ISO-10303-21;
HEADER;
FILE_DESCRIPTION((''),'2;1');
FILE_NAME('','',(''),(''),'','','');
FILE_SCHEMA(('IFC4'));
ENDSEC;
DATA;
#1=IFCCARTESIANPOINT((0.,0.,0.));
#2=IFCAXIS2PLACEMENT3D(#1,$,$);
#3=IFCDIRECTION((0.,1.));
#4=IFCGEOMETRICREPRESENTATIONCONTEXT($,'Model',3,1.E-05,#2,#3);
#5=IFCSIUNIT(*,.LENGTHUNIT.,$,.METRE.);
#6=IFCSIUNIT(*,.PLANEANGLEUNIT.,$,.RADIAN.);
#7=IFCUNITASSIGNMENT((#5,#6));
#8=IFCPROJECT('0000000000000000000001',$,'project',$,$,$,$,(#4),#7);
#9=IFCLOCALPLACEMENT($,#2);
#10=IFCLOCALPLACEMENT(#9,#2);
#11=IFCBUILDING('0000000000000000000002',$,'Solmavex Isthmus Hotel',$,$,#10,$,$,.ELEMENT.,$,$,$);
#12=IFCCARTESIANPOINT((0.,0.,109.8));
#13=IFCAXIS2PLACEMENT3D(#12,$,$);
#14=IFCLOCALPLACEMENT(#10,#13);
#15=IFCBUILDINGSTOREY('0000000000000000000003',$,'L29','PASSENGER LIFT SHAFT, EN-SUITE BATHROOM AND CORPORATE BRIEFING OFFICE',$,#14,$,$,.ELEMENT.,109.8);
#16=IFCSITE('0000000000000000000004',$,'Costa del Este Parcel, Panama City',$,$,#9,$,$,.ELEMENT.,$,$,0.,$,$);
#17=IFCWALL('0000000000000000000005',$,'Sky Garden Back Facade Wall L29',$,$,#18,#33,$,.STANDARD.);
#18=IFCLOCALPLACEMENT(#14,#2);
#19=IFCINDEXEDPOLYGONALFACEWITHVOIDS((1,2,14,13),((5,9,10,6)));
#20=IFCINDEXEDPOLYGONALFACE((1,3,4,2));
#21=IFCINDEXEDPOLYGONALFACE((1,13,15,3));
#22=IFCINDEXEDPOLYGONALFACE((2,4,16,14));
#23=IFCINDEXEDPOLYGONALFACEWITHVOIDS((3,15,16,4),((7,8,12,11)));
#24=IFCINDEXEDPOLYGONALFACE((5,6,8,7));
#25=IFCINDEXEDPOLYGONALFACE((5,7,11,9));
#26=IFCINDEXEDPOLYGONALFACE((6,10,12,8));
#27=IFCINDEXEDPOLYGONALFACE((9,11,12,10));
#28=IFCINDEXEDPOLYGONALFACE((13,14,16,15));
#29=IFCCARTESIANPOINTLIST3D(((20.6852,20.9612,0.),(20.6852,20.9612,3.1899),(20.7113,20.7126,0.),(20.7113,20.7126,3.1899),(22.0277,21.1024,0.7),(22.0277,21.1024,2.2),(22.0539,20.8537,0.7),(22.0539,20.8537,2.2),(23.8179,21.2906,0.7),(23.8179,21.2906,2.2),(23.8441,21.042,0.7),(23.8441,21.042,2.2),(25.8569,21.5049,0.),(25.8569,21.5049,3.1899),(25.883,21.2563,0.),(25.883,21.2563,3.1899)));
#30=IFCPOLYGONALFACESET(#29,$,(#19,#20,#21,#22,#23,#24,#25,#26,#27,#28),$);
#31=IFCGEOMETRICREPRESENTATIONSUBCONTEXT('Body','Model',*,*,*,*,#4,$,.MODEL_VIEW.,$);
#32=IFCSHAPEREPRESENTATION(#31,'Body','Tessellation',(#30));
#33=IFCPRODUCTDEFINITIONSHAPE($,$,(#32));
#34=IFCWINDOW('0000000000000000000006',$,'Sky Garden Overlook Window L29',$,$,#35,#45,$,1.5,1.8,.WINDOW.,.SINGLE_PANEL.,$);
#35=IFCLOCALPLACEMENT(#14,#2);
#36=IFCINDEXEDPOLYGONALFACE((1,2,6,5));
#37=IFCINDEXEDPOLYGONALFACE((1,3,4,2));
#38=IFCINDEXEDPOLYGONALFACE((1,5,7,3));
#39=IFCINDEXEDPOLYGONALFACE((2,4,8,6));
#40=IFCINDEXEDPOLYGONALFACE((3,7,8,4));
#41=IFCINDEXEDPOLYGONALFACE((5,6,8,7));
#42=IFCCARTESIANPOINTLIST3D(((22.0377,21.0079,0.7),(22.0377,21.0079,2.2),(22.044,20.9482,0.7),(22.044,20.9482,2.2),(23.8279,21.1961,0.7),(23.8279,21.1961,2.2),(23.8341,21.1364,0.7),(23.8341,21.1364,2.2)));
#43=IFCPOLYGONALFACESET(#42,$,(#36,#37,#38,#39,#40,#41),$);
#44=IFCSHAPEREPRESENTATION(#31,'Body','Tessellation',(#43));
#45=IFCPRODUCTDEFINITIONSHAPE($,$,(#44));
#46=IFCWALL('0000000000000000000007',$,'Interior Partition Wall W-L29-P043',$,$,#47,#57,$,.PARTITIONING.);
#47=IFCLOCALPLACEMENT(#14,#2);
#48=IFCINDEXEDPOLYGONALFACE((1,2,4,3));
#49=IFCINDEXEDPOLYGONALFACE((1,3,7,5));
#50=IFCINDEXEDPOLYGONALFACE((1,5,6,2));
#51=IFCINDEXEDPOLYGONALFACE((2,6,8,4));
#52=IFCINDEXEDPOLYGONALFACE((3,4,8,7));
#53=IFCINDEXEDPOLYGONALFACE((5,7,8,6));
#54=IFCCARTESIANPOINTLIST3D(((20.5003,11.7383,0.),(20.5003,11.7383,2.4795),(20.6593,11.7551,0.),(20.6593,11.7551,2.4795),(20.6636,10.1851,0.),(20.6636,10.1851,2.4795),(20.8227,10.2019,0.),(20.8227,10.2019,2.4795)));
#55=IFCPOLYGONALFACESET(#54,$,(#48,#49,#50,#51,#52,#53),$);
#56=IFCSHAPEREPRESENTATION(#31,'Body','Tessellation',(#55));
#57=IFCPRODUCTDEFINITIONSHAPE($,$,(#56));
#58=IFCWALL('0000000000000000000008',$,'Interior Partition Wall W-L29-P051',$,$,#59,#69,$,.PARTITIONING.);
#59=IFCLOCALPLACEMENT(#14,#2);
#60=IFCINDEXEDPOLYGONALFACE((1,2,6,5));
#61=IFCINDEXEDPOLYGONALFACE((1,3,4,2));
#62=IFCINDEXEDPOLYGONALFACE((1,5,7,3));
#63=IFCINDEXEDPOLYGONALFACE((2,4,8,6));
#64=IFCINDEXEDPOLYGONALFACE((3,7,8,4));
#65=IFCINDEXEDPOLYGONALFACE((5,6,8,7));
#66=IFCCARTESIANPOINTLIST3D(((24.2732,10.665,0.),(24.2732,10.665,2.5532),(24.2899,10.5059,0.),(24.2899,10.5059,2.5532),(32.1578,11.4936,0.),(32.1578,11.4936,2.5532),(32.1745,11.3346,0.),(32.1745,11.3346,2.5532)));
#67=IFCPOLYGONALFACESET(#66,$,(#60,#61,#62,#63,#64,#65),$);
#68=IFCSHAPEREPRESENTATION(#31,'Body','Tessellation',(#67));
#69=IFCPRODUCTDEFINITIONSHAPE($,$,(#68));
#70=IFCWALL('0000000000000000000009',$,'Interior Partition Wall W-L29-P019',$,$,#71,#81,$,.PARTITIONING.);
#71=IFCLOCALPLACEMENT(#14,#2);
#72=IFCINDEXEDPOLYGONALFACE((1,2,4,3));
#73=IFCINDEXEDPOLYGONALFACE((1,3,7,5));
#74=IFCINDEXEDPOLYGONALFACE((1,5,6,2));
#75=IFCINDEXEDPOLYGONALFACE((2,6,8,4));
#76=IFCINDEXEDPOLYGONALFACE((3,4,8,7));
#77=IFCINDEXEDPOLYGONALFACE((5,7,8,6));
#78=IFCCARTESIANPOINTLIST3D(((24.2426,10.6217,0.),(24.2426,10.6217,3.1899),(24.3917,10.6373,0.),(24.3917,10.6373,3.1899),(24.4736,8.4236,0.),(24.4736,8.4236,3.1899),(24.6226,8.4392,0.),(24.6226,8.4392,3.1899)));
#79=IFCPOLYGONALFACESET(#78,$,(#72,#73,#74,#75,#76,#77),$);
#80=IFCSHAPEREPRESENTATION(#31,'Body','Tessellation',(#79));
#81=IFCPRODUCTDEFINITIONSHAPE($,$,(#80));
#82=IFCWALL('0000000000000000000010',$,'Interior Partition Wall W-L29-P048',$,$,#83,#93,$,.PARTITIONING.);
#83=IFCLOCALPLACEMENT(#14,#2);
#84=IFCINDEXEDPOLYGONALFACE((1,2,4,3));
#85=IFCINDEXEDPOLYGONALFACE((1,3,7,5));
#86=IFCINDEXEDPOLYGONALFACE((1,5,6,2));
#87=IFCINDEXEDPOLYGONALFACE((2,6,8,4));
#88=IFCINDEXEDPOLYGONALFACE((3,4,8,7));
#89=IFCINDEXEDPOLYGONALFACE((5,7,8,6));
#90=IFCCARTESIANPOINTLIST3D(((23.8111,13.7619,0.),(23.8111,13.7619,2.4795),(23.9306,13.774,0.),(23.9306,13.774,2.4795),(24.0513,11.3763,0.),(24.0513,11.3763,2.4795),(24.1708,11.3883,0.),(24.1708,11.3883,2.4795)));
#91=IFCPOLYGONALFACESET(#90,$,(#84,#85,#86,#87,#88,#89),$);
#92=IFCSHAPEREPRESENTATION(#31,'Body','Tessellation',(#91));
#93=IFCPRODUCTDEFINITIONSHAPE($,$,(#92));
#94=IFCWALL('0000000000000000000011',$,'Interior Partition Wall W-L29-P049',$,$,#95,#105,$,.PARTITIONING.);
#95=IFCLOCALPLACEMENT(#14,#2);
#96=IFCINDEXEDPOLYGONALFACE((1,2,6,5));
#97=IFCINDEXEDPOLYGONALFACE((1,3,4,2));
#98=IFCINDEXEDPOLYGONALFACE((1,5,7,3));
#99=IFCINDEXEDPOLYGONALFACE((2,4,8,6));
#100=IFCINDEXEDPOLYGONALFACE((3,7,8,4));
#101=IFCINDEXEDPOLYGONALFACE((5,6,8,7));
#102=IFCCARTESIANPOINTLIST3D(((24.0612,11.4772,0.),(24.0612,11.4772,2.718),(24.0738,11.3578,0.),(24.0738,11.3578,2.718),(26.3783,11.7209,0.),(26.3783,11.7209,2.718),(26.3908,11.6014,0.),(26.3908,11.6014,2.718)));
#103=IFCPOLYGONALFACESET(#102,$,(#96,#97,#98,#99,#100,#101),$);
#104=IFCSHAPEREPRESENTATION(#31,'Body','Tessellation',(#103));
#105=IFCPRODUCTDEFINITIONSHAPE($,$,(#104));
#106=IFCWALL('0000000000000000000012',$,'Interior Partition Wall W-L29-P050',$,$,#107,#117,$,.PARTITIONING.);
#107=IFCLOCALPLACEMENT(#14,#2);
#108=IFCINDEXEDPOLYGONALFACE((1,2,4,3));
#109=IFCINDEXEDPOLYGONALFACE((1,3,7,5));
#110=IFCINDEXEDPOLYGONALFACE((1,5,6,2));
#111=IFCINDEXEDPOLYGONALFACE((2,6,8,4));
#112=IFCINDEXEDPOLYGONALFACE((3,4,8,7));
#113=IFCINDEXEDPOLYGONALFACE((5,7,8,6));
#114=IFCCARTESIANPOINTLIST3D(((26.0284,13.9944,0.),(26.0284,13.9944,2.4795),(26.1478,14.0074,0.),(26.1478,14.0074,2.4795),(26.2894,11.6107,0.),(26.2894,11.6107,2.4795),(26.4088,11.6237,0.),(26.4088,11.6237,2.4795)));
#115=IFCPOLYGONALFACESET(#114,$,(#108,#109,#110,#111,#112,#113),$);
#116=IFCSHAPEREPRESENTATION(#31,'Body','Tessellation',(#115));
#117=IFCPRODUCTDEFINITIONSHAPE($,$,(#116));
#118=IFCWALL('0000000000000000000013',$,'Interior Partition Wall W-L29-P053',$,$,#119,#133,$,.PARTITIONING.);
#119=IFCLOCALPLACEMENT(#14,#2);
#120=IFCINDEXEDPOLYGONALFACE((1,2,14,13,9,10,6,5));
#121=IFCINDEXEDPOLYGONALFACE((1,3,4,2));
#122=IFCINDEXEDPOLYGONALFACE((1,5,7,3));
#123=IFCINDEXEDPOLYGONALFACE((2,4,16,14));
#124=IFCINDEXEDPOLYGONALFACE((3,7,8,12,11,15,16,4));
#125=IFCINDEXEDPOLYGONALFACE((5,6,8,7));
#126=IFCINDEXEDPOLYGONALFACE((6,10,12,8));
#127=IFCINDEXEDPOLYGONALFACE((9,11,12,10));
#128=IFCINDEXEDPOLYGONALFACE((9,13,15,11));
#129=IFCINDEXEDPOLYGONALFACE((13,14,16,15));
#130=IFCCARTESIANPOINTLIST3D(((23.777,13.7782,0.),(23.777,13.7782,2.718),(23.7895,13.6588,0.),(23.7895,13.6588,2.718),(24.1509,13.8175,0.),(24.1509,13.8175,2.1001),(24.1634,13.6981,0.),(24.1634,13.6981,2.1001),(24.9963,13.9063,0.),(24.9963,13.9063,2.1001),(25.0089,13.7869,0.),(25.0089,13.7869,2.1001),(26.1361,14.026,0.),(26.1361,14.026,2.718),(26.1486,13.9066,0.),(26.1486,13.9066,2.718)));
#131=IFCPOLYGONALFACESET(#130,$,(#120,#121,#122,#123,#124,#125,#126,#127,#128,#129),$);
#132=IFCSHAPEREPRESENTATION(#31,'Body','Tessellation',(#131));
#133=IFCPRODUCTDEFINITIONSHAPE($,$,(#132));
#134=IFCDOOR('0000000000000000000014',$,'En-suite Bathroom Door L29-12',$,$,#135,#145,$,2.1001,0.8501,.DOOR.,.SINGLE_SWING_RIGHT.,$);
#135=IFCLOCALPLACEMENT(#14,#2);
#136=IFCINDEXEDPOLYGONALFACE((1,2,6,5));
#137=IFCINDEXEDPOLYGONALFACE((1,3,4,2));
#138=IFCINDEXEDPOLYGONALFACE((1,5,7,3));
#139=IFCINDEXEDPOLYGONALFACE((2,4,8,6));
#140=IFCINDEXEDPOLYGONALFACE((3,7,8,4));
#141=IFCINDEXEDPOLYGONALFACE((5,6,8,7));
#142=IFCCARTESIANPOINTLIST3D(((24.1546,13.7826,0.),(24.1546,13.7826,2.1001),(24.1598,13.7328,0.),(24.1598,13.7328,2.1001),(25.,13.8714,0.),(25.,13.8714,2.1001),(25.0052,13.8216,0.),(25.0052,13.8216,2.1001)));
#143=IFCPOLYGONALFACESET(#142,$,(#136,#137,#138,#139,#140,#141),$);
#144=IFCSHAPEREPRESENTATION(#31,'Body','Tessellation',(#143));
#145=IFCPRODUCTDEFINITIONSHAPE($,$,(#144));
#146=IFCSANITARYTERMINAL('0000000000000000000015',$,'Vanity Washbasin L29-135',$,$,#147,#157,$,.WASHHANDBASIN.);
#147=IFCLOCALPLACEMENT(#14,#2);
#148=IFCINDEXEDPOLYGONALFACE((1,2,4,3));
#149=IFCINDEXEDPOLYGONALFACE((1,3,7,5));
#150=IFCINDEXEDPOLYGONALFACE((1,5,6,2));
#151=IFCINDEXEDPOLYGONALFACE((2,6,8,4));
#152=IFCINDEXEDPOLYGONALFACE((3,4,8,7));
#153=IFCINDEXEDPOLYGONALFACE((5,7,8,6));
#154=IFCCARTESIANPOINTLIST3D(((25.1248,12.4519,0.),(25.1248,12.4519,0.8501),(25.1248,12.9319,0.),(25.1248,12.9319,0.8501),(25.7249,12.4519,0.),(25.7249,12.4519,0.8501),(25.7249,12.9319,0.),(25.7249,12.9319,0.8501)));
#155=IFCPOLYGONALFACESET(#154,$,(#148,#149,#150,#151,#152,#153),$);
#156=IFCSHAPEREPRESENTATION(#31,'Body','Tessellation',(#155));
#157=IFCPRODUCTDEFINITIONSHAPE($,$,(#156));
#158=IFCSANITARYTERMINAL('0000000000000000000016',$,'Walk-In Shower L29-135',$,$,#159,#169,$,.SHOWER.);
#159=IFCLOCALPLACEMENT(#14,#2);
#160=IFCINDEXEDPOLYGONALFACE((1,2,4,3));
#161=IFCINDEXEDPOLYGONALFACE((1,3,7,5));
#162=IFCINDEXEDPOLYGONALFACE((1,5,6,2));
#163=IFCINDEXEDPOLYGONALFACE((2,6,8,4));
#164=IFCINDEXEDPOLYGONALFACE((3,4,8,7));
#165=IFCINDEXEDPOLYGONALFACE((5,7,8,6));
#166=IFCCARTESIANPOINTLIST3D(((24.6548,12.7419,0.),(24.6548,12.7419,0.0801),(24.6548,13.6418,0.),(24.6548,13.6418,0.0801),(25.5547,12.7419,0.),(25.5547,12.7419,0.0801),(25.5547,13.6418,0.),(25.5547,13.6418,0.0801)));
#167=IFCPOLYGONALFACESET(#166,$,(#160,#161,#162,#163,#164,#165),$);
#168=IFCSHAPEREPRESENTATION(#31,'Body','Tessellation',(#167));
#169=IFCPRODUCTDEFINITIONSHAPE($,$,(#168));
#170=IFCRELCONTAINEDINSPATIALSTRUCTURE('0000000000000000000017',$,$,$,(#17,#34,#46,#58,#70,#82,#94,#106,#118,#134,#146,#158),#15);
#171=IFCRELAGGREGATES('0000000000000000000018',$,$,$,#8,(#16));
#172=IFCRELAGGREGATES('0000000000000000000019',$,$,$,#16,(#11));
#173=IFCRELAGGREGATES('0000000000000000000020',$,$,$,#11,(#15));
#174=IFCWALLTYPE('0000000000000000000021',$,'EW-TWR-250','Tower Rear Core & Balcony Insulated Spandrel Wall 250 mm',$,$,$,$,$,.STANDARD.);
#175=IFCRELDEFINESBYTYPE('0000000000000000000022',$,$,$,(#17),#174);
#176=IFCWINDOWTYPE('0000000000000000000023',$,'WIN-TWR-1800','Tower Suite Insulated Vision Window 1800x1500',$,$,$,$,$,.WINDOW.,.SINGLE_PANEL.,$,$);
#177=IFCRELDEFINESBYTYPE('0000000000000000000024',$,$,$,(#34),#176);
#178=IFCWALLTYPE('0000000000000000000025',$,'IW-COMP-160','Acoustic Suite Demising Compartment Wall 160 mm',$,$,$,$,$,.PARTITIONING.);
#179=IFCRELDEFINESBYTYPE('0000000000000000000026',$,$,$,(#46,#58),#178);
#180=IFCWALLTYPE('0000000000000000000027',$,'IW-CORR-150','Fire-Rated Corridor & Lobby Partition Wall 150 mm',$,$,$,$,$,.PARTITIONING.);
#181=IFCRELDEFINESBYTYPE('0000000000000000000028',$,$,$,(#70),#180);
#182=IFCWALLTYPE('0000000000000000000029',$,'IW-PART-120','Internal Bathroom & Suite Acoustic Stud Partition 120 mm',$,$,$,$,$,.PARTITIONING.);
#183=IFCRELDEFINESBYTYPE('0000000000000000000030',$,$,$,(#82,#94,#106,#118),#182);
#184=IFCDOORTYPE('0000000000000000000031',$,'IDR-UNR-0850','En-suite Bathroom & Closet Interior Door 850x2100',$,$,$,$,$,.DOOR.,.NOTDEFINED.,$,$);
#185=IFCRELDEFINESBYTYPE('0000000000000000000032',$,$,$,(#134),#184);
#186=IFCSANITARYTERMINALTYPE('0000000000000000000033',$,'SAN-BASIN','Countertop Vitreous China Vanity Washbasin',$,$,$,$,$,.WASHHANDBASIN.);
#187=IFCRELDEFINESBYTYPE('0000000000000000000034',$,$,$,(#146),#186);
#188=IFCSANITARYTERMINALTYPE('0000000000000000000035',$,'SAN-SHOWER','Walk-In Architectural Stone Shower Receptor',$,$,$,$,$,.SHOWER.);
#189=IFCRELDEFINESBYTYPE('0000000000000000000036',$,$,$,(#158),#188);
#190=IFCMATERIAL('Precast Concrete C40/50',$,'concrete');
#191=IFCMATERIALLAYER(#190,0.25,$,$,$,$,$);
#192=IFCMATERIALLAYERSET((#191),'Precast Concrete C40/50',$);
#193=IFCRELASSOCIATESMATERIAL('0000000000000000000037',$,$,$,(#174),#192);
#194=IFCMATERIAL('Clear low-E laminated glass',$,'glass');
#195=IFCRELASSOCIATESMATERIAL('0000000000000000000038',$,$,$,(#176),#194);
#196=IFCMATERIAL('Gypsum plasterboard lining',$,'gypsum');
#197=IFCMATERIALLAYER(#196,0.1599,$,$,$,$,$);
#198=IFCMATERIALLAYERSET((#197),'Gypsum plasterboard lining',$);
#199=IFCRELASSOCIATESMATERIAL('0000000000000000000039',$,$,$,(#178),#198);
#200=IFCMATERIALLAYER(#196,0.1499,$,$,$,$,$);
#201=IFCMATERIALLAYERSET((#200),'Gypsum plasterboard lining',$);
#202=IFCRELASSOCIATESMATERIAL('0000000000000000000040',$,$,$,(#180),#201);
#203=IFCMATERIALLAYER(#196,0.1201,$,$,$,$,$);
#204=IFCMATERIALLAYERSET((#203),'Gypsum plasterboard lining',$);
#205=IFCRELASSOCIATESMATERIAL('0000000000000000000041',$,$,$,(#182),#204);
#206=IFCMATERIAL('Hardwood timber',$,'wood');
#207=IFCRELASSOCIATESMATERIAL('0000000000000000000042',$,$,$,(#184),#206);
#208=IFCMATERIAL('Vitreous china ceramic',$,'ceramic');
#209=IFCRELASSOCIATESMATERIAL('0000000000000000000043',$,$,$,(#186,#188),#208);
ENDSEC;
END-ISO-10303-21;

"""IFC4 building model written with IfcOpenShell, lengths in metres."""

from ifc_helpers import new_model, si_unit, direction, frame, frame_2d, origin, origin_2d, place, context, subcontext, project, spatial, rectangle, extrude, material, layer, layer_set, type_object, element, fill, save


model = new_model("IFC4")

# Units and contexts
model_context = context("Model", 3, precision=1e-05, world=origin(), true_north=direction((0.0, 1.0)))
body_context = subcontext(model_context, "Body", "Model", "MODEL_VIEW")
ifc_project = project(units=[si_unit("LENGTHUNIT", "METRE"), si_unit("PLANEANGLEUNIT", "RADIAN")], contexts=[model_context])

# Site, building, storey
site_placement = place(None, origin())
site = spatial("IfcSite", under=ifc_project, at=site_placement, Name="Costa del Este Parcel, Panama City", CompositionType="ELEMENT", RefElevation=0.0)
building_placement = place(site_placement, origin())
building = spatial("IfcBuilding", under=site, at=building_placement, Name="Solmavex Isthmus Hotel", CompositionType="ELEMENT")
storey_placement = place(building_placement, frame((0.0, 0.0, 109.8)))
storey = spatial("IfcBuildingStorey", under=building, at=storey_placement, Name="L29", Description="PASSENGER LIFT SHAFT, EN-SUITE BATHROOM AND CORPORATE BRIEFING OFFICE", CompositionType="ELEMENT", Elevation=109.8)

# Shared definitions
ifc_material_1 = material(Name="Clear low-E laminated glass", Category="glass")

# Wall, opening, window
ifc_material_2 = material(Name="Precast Concrete C40/50", Category="concrete")
ifc_layer_1 = layer(ifc_material_2, 0.25)
ifc_layer_set_1 = layer_set([ifc_layer_1], Name="Precast Concrete C40/50")
wall_type_1 = type_object("IfcWallType", Name="EW-TWR-250", Description="Tower Rear Core & Balcony Insulated Spandrel Wall 250 mm", PredefinedType="STANDARD", material=ifc_layer_set_1)
wall_1_placement = place(storey_placement, frame((20.6982, 20.8369, 0.0), z_axis=(0.0, 0.0, 1.0), x_axis=(0.994519, 0.104555, 0.0)))
wall_1 = element("IfcWall", 1, at=wall_1_placement, inside=storey, type_object=wall_type_1, Name="Sky Garden Back Facade Wall L29", PredefinedType="STANDARD", context=body_context, shape_type="SweptSolid", body=[
    extrude(rectangle(XDim=5.2002, YDim=0.25, at=frame_2d((2.6001, 0.0))), origin(), (0.0, 0.0, 1.0), 3.1899),
])
opening_1_placement = place(wall_1_placement, frame((1.3501, 0.0, 0.7)))
opening_1 = element("IfcOpeningElement", 2, at=opening_1_placement, cuts=wall_1, PredefinedType="OPENING", context=body_context, shape_type="SweptSolid", body=[
    extrude(rectangle(XDim=1.8, YDim=1.5, at=frame_2d((0.8999, 0.75))), frame((0.0, 0.135, 0.0), z_axis=(0.0, -1.0, 0.0), x_axis=(1.0, 0.0, 0.0)), (0.0, 0.0, 1.0), 0.27),
])
window_type = type_object("IfcWindowType", Name="WIN-TWR-1800", Description="Tower Suite Insulated Vision Window 1800x1500", PartitioningType="SINGLE_PANEL", PredefinedType="WINDOW", material=ifc_material_1)
window_placement = place(opening_1_placement, origin())
window = element("IfcWindow", 3, at=window_placement, inside=storey, type_object=window_type, Name="Sky Garden Overlook Window L29", OverallHeight=1.5, OverallWidth=1.8, PartitioningType="SINGLE_PANEL", PredefinedType="WINDOW", context=body_context, shape_type="SweptSolid", body=[
    extrude(rectangle(XDim=1.8, YDim=1.5, at=frame_2d((0.8999, 0.75))), frame((0.0, 0.03, 0.0), z_axis=(0.0, -1.0, 0.0), x_axis=(1.0, 0.0, 0.0)), (0.0, 0.0, 1.0), 0.0601),
])
fill(opening_1, window)

# Wall
ifc_material_3 = material(Name="Gypsum plasterboard lining", Category="gypsum")
ifc_layer_2 = layer(ifc_material_3, 0.1599)
ifc_layer_set_2 = layer_set([ifc_layer_2], Name="Gypsum plasterboard lining")
wall_type_2 = type_object("IfcWallType", Name="IW-COMP-160", Description="Acoustic Suite Demising Compartment Wall 160 mm", PredefinedType="PARTITIONING", material=ifc_layer_set_2)
wall_2_placement = place(storey_placement, frame((20.5798, 11.7466, 0.0), z_axis=(0.0, 0.0, 1.0), x_axis=(0.104579, -0.994517, 0.0)))
element("IfcWall", 4, at=wall_2_placement, inside=storey, type_object=wall_type_2, Name="Interior Partition Wall W-L29-P043", PredefinedType="PARTITIONING", context=body_context, shape_type="SweptSolid", body=[
    extrude(rectangle(XDim=1.5618, YDim=0.1599, at=frame_2d((0.7808, 0.0))), origin(), (0.0, 0.0, 1.0), 2.4795),
])

# Shared definitions
ifc_material_4 = material(Name="Hardwood timber", Category="wood")

# Wall
wall_3_placement = place(storey_placement, frame((32.166, 11.4141, 0.0), z_axis=(0.0, 0.0, 1.0), x_axis=(-0.994523, -0.104518, 0.0)))
element("IfcWall", 5, at=wall_3_placement, inside=storey, type_object=wall_type_2, Name="Interior Partition Wall W-L29-P051", PredefinedType="PARTITIONING", context=body_context, shape_type="SweptSolid", body=[
    extrude(rectangle(XDim=7.928, YDim=0.1599, at=frame_2d((3.9639, 0.0))), origin(), (0.0, 0.0, 1.0), 2.5532),
])

# Shared definitions
ifc_layer_3 = layer(ifc_material_3, 0.1499)
ifc_layer_set_3 = layer_set([ifc_layer_3], Name="Gypsum plasterboard lining")
wall_type_3 = type_object("IfcWallType", Name="IW-CORR-150", Description="Fire-Rated Corridor & Lobby Partition Wall 150 mm", PredefinedType="PARTITIONING", material=ifc_layer_set_3)

# Walls
wall_4_placement = place(storey_placement, frame((24.3171, 10.6294, 0.0), z_axis=(0.0, 0.0, 1.0), x_axis=(0.104501, -0.994525, 0.0)))
element("IfcWall", 6, at=wall_4_placement, inside=storey, type_object=wall_type_3, Name="Interior Partition Wall W-L29-P019", PredefinedType="PARTITIONING", context=body_context, shape_type="SweptSolid", body=[
    extrude(rectangle(XDim=2.2102, YDim=0.1499, at=frame_2d((1.105, 0.0))), origin(), (0.0, 0.0, 1.0), 3.1899),
])
ifc_layer_4 = layer(ifc_material_3, 0.1201)
ifc_layer_set_4 = layer_set([ifc_layer_4], Name="Gypsum plasterboard lining")
wall_type_4 = type_object("IfcWallType", Name="IW-PART-120", Description="Internal Bathroom & Suite Acoustic Stud Partition 120 mm", PredefinedType="PARTITIONING", material=ifc_layer_set_4)
wall_5_placement = place(storey_placement, frame((23.8708, 13.7678, 0.0), z_axis=(0.0, 0.0, 1.0), x_axis=(0.100189, -0.994968, 0.0)))
element("IfcWall", 7, at=wall_5_placement, inside=storey, type_object=wall_type_4, Name="Interior Partition Wall W-L29-P048", PredefinedType="PARTITIONING", context=body_context, shape_type="SweptSolid", body=[
    extrude(rectangle(XDim=2.3977, YDim=0.1201, at=frame_2d((1.1987, 0.0))), origin(), (0.0, 0.0, 1.0), 2.4795),
])
wall_6_placement = place(storey_placement, frame((24.0674, 11.4175, 0.0), z_axis=(0.0, 0.0, 1.0), x_axis=(0.994517, 0.104576, 0.0)))
element("IfcWall", 8, at=wall_6_placement, inside=storey, type_object=wall_type_4, Name="Interior Partition Wall W-L29-P049", PredefinedType="PARTITIONING", context=body_context, shape_type="SweptSolid", body=[
    extrude(rectangle(XDim=2.3298, YDim=0.1201, at=frame_2d((1.165, 0.0))), origin(), (0.0, 0.0, 1.0), 2.718),
])
wall_7_placement = place(storey_placement, frame((26.3491, 11.6172, 0.0), z_axis=(0.0, 0.0, 1.0), x_axis=(-0.108833, 0.99406, 0.0)))
element("IfcWall", 9, at=wall_7_placement, inside=storey, type_object=wall_type_4, Name="Interior Partition Wall W-L29-P050", PredefinedType="PARTITIONING", context=body_context, shape_type="SweptSolid", body=[
    extrude(rectangle(XDim=2.3979, YDim=0.1201, at=frame_2d((1.199, 0.0))), origin(), (0.0, 0.0, 1.0), 2.4795),
])

# Wall, opening, door
wall_8_placement = place(storey_placement, frame((26.1423, 13.9663, 0.0), z_axis=(0.0, 0.0, 1.0), x_axis=(-0.994529, -0.104465, 0.0)))
wall_8 = element("IfcWall", 10, at=wall_8_placement, inside=storey, type_object=wall_type_4, Name="Interior Partition Wall W-L29-P053", PredefinedType="PARTITIONING", context=body_context, shape_type="SweptSolid", body=[
    extrude(rectangle(XDim=2.3721, YDim=0.1201, at=frame_2d((1.186, 0.0))), origin(), (0.0, 0.0, 1.0), 2.718),
])
opening_2_placement = place(wall_8_placement, frame((1.146, 0.0, 0.0)))
opening_2 = element("IfcOpeningElement", 11, at=opening_2_placement, cuts=wall_8, PredefinedType="OPENING", context=body_context, shape_type="SweptSolid", body=[
    extrude(rectangle(XDim=0.8501, YDim=2.1001, at=frame_2d((0.425, 1.05))), frame((0.0, 0.0701, 0.0), z_axis=(0.0, -1.0, 0.0), x_axis=(1.0, 0.0, 0.0)), (0.0, 0.0, 1.0), 0.1401),
])
door_type_1 = type_object("IfcDoorType", Name="IDR-UNR-0850", Description="En-suite Bathroom & Closet Interior Door 850x2100", OperationType="NOTDEFINED", PredefinedType="DOOR", material=ifc_material_4)
door_1_placement = place(opening_2_placement, frame((0.8501, 0.0, 0.0), z_axis=(0.0, 0.0, 1.0), x_axis=(-1.0, 0.0, 0.0)))
door_1 = element("IfcDoor", 12, at=door_1_placement, inside=storey, type_object=door_type_1, Name="En-suite Bathroom Door L29-12", OperationType="SINGLE_SWING_RIGHT", OverallHeight=2.1001, OverallWidth=0.8501, PredefinedType="DOOR", context=body_context, shape_type="SweptSolid", body=[
    extrude(rectangle(XDim=0.8501, YDim=2.1001, at=frame_2d((0.425, 1.05))), frame((0.0, 0.0249, 0.0), z_axis=(0.0, -1.0, 0.0), x_axis=(1.0, 0.0, 0.0)), (0.0, 0.0, 1.0), 0.05),
])
fill(opening_2, door_1)

# Sanitary terminals
ifc_material_5 = material(Name="Vitreous china ceramic", Category="ceramic")
sanitary_terminal_type_1 = type_object("IfcSanitaryTerminalType", Name="SAN-BASIN", Description="Countertop Vitreous China Vanity Washbasin", PredefinedType="WASHHANDBASIN", material=ifc_material_5)
sanitary_terminal_1_placement = place(storey_placement, frame((25.4248, 12.6919, 0.0), z_axis=(0.0, 0.0, 1.0), x_axis=(1.0, 0.0, 0.0)))
element("IfcSanitaryTerminal", 13, at=sanitary_terminal_1_placement, inside=storey, type_object=sanitary_terminal_type_1, Name="Vanity Washbasin L29-135", PredefinedType="WASHHANDBASIN", context=body_context, shape_type="SweptSolid", body=[
    extrude(rectangle(XDim=0.6001, YDim=0.48, at=origin_2d()), origin(), (0.0, 0.0, 1.0), 0.8501),
])
sanitary_terminal_type_2 = type_object("IfcSanitaryTerminalType", Name="SAN-SHOWER", Description="Walk-In Architectural Stone Shower Receptor", PredefinedType="SHOWER", material=ifc_material_5)
sanitary_terminal_2_placement = place(storey_placement, frame((25.1047, 13.1919, 0.0), z_axis=(0.0, 0.0, 1.0), x_axis=(1.0, 0.0, 0.0)))
element("IfcSanitaryTerminal", 14, at=sanitary_terminal_2_placement, inside=storey, type_object=sanitary_terminal_type_2, Name="Walk-In Shower L29-135", PredefinedType="SHOWER", context=body_context, shape_type="SweptSolid", body=[
    extrude(rectangle(XDim=0.8999, YDim=0.8999, at=origin_2d()), origin(), (0.0, 0.0, 1.0), 0.0801),
])

save(model, "model.ifc")
